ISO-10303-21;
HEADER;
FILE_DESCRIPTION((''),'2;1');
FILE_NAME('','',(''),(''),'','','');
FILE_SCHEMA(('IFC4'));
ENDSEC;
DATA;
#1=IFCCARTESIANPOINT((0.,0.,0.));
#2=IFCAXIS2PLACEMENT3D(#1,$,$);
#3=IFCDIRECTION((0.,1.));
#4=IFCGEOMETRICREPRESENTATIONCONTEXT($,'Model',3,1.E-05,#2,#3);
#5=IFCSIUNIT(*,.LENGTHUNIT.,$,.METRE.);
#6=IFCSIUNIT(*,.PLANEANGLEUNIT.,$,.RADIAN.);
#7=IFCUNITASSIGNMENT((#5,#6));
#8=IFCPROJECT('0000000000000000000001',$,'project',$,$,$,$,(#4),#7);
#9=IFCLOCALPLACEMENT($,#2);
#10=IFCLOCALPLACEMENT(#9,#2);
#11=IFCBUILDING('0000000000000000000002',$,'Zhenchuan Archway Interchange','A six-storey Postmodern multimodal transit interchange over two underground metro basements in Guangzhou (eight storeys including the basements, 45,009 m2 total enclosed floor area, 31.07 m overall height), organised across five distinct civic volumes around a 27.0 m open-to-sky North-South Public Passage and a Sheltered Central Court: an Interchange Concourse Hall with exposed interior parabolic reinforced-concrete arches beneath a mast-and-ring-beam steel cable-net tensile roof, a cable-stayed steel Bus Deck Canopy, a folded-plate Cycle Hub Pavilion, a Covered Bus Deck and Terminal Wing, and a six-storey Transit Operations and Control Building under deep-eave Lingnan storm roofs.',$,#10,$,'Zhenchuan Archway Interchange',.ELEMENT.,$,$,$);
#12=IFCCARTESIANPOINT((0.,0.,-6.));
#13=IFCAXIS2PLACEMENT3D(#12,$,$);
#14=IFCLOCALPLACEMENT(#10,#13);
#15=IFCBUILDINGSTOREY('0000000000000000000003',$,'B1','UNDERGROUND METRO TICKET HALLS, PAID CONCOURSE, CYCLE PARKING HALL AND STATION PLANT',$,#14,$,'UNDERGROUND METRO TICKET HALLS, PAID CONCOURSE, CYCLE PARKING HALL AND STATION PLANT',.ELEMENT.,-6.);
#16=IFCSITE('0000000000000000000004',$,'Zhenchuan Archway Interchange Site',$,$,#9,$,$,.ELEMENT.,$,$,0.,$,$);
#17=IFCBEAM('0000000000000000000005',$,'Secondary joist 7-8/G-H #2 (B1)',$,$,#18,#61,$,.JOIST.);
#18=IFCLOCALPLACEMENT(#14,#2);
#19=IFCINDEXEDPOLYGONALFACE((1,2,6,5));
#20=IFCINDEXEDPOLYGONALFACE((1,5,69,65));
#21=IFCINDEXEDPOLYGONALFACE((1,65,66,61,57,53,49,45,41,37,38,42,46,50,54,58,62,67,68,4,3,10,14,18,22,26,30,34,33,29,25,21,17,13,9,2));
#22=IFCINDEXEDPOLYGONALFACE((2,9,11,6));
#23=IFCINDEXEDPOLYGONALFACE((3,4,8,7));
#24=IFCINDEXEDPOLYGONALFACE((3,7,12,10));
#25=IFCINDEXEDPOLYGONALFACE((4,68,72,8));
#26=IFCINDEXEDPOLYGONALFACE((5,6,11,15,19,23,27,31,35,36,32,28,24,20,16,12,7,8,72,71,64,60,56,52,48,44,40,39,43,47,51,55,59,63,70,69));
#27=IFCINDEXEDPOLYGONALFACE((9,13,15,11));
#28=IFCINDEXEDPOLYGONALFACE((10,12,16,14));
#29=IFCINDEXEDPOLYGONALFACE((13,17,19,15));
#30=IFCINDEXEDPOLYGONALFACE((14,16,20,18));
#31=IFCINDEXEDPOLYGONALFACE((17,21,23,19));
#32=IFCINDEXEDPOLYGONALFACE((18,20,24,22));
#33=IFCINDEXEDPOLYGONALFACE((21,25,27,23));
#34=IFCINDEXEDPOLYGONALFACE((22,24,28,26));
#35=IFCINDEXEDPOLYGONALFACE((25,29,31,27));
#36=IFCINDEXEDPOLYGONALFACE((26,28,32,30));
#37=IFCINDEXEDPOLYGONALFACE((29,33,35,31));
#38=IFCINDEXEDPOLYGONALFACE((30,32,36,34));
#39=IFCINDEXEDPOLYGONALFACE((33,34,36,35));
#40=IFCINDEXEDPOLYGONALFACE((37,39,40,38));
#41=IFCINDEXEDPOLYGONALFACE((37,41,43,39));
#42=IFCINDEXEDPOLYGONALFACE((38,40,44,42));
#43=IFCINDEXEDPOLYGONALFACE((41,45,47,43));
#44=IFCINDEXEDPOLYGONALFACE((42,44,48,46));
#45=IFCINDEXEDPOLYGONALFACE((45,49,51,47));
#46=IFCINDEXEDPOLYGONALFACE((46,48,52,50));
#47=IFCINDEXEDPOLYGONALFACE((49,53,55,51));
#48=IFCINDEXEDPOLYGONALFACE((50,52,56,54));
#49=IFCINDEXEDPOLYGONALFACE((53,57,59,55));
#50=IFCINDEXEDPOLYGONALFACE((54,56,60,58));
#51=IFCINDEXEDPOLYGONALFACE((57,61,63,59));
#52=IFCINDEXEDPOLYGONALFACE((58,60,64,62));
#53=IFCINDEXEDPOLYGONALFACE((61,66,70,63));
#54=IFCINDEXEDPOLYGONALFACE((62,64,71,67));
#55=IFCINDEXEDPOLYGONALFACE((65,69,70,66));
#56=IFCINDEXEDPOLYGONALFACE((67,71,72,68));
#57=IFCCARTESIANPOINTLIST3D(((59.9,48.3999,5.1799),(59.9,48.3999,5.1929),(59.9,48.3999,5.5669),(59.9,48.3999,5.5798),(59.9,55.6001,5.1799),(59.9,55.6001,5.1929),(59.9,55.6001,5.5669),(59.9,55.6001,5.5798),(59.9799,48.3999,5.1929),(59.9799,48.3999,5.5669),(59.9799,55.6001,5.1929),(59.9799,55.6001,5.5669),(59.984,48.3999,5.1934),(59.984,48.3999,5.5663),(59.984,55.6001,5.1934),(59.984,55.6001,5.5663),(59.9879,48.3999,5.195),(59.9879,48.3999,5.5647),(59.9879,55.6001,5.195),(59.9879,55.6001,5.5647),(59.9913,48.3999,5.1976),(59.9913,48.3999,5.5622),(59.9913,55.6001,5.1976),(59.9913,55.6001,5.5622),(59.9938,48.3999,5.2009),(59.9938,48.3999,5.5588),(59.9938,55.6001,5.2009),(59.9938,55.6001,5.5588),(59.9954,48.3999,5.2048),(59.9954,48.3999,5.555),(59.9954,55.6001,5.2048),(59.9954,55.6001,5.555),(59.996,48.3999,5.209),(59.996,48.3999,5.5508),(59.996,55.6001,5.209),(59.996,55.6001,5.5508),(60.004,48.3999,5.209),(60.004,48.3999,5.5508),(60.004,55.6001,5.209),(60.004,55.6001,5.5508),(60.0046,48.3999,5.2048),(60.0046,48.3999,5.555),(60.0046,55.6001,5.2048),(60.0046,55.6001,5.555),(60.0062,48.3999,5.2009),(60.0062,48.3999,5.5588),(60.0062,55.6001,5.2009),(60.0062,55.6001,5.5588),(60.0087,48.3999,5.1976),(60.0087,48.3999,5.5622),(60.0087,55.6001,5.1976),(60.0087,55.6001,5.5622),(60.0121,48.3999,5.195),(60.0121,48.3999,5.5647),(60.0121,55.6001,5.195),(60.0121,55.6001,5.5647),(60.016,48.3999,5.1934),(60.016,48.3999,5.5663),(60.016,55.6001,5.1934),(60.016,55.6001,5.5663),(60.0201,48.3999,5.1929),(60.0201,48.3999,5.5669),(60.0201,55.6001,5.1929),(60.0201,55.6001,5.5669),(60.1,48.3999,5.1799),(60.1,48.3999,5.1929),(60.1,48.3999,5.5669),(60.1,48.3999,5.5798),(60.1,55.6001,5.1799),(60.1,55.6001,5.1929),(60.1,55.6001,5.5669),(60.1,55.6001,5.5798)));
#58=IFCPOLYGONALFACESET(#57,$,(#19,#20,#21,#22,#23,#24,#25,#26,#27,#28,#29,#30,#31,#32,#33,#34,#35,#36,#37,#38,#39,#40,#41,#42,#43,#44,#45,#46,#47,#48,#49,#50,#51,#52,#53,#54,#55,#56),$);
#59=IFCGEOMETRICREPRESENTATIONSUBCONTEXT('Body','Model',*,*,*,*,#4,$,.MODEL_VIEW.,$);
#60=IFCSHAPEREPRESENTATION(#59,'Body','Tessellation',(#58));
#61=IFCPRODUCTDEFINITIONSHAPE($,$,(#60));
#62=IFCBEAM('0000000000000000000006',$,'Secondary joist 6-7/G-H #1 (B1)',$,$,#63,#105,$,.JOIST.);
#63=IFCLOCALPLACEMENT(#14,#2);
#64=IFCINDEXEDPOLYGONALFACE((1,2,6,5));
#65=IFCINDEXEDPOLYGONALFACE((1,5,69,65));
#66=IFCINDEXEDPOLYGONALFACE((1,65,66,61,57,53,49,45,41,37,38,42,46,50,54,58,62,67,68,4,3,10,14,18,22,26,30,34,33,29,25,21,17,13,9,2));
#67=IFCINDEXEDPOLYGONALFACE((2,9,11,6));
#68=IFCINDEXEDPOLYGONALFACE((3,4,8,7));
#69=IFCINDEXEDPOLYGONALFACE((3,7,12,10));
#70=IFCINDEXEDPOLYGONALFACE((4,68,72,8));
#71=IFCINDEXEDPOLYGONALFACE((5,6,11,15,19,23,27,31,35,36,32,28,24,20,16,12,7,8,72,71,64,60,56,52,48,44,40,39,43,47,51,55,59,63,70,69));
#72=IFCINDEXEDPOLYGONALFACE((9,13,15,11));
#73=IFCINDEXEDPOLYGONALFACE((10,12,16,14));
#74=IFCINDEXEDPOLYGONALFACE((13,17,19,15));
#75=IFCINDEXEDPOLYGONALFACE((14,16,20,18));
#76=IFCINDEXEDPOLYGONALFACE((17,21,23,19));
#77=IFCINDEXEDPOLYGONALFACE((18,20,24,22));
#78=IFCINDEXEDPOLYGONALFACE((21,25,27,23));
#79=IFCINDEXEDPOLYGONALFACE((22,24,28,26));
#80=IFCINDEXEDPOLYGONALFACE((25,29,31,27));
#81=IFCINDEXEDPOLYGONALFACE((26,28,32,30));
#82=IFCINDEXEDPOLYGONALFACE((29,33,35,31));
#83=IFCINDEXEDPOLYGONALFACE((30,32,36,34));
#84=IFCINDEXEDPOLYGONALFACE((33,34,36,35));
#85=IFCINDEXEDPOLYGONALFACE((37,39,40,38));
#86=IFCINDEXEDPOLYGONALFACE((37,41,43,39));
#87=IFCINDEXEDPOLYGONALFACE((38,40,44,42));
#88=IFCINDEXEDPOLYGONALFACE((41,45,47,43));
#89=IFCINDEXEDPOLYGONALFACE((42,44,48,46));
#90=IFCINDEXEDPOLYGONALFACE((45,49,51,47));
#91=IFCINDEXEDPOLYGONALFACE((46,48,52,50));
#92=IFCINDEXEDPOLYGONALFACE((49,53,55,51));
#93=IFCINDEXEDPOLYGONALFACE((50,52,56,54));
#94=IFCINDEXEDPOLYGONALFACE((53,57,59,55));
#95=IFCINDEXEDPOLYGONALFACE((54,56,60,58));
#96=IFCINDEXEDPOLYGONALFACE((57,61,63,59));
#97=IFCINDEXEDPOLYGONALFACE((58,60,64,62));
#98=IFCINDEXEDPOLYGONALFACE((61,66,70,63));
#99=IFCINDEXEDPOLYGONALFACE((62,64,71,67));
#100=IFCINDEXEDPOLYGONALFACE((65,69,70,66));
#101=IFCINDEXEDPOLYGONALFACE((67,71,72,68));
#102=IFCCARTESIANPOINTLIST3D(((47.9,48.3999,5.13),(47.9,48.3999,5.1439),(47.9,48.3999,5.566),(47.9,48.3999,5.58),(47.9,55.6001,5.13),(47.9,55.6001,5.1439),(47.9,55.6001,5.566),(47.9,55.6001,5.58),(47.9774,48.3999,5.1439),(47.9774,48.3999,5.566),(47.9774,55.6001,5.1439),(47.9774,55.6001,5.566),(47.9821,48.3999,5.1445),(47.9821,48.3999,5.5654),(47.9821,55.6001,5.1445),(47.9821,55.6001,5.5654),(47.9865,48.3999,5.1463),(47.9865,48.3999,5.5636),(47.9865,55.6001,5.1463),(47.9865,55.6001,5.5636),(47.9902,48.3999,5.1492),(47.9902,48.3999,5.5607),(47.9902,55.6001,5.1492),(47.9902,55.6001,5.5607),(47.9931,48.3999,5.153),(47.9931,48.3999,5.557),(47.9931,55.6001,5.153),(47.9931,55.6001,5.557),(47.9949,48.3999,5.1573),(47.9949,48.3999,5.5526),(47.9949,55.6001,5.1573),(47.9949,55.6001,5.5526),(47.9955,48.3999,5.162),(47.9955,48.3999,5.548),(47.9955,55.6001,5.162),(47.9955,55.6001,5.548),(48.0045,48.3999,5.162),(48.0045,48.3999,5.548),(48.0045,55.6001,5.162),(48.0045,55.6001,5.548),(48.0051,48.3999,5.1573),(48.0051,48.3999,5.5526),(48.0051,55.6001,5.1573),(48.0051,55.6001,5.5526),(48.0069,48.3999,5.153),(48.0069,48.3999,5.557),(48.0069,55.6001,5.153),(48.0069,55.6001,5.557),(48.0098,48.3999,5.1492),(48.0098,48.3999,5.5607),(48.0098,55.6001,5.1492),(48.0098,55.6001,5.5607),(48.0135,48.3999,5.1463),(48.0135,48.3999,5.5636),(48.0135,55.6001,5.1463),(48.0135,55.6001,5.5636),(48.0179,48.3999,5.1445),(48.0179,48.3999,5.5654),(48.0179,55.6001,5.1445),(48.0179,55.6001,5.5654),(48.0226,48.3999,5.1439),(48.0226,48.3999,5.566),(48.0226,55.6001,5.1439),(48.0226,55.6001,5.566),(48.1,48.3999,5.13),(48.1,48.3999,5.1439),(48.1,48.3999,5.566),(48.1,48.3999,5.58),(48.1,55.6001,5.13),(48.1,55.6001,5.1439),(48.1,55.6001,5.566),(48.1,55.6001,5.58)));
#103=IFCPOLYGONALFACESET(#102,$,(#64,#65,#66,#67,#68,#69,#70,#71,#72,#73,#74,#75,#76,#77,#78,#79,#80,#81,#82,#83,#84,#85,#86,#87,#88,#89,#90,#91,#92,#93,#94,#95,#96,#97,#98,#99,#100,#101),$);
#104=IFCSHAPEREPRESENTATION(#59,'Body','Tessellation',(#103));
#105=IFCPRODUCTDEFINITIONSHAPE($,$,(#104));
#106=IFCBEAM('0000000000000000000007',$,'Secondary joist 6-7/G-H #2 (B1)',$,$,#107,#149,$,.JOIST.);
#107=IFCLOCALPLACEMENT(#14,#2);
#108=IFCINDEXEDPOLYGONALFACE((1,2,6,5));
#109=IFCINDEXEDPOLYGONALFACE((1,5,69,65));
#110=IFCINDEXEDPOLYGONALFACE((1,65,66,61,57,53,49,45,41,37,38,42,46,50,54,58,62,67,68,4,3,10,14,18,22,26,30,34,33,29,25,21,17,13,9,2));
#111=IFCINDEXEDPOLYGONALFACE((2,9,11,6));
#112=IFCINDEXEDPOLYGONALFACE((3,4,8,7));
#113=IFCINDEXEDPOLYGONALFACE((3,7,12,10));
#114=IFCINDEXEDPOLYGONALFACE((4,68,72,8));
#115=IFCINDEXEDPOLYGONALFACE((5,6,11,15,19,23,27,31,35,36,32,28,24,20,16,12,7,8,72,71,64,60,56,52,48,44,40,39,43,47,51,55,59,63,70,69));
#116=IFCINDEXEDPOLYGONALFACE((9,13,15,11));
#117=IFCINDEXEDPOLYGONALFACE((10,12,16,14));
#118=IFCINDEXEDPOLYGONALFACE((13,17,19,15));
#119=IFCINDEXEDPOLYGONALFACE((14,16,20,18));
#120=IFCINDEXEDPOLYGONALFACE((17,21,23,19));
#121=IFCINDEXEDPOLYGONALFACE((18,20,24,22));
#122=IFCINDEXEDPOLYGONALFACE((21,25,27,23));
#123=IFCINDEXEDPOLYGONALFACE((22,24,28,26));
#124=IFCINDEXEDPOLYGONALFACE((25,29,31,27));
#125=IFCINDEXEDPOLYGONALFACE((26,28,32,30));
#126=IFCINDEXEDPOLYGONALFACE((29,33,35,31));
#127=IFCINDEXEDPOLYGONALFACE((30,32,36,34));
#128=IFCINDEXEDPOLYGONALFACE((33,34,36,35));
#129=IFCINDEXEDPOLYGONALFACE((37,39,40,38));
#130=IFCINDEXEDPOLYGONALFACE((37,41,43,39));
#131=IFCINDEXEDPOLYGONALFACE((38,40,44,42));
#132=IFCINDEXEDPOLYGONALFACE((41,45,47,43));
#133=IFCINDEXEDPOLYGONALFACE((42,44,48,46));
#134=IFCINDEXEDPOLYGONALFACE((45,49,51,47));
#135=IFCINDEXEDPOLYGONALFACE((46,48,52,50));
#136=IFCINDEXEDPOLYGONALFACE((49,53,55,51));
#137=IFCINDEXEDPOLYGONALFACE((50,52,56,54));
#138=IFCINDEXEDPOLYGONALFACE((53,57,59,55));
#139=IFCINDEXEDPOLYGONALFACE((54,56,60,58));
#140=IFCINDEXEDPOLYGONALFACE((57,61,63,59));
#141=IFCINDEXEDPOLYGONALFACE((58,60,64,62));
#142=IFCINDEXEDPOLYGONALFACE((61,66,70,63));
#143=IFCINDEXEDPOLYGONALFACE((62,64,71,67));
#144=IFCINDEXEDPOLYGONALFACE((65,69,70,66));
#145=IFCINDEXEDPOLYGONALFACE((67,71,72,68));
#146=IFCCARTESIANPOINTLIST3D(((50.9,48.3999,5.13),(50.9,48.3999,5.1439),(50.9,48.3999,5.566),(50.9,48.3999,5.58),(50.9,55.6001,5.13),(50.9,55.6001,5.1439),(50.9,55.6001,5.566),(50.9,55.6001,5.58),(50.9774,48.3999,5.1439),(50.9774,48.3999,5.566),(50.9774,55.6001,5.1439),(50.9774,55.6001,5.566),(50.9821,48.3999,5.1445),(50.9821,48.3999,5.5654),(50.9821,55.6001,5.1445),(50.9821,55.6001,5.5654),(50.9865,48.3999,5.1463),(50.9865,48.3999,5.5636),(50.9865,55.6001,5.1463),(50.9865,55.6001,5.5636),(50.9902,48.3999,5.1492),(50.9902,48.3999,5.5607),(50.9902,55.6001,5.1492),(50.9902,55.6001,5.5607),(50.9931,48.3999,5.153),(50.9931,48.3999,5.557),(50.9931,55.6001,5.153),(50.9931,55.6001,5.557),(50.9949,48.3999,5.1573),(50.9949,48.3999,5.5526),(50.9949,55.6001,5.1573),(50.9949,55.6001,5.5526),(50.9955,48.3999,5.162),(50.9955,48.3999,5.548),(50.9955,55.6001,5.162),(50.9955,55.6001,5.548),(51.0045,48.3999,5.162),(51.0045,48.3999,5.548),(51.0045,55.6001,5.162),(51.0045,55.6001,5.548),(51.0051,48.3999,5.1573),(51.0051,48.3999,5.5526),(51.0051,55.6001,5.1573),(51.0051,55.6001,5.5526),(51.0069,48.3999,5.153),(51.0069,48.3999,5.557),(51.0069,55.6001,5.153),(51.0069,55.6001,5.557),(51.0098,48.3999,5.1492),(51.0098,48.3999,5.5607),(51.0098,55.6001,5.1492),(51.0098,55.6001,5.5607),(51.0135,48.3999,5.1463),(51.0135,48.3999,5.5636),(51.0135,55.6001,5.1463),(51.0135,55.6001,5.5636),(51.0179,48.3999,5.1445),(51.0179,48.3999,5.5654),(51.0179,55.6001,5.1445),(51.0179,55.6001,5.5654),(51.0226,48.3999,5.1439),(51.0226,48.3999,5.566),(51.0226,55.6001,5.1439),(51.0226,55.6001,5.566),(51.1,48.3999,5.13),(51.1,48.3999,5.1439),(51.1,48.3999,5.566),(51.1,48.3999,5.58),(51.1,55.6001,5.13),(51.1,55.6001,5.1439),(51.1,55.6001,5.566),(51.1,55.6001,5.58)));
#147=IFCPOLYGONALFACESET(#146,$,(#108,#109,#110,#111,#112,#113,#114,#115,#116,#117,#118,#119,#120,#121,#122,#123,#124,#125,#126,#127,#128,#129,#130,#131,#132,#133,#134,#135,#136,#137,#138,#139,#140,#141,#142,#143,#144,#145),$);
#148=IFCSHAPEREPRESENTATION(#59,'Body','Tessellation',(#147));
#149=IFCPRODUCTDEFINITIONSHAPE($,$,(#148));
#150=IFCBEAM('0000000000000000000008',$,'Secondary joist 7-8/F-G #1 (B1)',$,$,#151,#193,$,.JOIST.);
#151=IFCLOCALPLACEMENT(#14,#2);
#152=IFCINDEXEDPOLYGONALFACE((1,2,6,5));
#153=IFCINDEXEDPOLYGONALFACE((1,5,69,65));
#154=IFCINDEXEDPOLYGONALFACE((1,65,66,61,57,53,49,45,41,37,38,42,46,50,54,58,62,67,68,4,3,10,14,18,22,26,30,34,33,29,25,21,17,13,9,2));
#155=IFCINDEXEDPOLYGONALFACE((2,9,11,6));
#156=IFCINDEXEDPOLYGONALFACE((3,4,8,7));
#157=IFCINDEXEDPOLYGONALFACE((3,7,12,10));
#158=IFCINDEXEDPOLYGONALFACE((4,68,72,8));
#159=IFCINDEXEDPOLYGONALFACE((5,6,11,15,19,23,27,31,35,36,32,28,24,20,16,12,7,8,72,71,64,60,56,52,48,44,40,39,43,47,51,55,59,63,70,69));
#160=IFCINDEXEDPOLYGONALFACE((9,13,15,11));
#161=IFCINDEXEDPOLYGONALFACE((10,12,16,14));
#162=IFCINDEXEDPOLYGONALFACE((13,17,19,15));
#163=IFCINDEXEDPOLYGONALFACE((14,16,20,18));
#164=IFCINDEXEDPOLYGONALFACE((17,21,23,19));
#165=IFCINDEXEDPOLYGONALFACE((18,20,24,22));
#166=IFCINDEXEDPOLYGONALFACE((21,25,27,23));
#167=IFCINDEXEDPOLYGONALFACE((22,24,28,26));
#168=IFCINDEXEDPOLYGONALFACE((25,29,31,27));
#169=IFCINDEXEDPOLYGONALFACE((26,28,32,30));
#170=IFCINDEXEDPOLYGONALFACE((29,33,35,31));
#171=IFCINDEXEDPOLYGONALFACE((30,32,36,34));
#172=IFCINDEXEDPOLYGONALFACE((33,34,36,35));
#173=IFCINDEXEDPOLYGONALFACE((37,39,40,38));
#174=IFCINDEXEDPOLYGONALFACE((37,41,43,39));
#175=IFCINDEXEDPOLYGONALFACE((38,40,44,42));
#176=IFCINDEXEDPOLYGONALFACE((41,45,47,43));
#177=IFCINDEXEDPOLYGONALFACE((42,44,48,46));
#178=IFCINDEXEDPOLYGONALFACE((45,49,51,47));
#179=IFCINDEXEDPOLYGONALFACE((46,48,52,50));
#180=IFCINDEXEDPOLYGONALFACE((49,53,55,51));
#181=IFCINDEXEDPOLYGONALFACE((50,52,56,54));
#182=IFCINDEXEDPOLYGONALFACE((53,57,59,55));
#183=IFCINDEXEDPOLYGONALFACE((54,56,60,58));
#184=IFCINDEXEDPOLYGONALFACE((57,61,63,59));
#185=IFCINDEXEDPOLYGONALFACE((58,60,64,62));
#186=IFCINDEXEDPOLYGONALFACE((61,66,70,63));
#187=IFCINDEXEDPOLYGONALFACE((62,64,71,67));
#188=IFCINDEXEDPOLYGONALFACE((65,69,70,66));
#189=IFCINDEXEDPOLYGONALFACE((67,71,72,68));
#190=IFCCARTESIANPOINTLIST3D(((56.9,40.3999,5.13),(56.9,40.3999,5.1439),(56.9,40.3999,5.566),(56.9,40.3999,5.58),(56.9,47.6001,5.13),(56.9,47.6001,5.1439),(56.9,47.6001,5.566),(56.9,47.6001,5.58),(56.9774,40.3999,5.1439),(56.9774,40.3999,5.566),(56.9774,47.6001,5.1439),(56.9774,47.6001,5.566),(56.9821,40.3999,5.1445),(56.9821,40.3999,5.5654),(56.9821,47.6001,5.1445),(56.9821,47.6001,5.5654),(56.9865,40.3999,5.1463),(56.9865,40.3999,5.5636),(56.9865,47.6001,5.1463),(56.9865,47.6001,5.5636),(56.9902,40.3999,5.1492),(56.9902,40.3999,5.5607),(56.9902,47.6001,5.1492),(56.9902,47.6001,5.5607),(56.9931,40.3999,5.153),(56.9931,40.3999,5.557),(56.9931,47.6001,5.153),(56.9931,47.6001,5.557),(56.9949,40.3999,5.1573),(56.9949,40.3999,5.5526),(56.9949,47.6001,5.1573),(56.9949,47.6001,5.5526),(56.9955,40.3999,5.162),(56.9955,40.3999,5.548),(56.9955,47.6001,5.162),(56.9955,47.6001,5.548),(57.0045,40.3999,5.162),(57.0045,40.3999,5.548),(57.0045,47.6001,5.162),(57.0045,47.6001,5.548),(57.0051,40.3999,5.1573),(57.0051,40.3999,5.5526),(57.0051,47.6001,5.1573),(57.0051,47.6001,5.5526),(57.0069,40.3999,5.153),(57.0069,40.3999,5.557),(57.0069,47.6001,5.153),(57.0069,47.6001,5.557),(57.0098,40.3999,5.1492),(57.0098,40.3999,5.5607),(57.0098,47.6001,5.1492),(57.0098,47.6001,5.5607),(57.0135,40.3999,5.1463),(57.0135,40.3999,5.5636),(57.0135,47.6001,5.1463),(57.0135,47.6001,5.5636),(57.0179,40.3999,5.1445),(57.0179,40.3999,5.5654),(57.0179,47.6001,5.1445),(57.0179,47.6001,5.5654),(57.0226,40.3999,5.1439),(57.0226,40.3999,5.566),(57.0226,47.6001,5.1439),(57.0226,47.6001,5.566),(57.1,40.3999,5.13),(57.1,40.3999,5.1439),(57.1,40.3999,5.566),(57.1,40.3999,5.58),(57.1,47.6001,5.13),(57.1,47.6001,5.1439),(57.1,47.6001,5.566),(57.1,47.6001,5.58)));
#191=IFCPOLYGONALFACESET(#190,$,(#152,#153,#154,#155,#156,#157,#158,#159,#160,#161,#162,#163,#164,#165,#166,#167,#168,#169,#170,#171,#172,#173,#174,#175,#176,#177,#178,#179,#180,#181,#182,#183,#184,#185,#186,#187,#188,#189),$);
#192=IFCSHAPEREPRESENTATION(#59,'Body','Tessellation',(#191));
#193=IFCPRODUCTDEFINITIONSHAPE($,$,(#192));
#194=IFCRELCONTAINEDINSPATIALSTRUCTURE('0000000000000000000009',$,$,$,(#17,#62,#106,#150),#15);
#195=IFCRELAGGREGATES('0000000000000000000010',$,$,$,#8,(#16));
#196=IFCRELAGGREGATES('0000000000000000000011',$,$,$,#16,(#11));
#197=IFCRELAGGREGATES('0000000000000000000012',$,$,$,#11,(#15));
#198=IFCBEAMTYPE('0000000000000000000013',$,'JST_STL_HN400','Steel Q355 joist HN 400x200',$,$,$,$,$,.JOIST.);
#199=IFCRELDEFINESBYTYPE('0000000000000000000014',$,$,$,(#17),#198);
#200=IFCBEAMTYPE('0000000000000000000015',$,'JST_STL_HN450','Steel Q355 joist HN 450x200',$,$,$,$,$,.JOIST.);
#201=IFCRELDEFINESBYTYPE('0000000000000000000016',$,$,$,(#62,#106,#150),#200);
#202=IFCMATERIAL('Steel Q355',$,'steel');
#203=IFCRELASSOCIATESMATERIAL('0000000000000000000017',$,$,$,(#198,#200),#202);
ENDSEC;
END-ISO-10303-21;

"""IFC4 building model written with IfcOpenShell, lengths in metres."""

from ifc_helpers import new_model, si_unit, direction, frame, origin, origin_2d, place, context, subcontext, project, spatial, i_section, extrude, material, material_profile, profile_set, type_object, element, save


model = new_model("IFC4")

# Units and contexts
model_context = context("Model", 3, precision=1e-05, world=origin(), true_north=direction((0.0, 1.0)))
body_context = subcontext(model_context, "Body", "Model", "MODEL_VIEW")
ifc_project = project(units=[si_unit("LENGTHUNIT", "METRE"), si_unit("PLANEANGLEUNIT", "RADIAN")], contexts=[model_context])

# Site, building, storey
site_placement = place(None, origin())
site = spatial("IfcSite", under=ifc_project, at=site_placement, Name="Zhenchuan Archway Interchange Site", CompositionType="ELEMENT", RefElevation=0.0)
building_placement = place(site_placement, origin())
building = spatial("IfcBuilding", under=site, at=building_placement, Name="Zhenchuan Archway Interchange", Description="A six-storey Postmodern multimodal transit interchange over two underground metro basements in Guangzhou (eight storeys including the basements, 45,009 m2 total enclosed floor area, 31.07 m overall height), organised across five distinct civic volumes around a 27.0 m open-to-sky North-South Public Passage and a Sheltered Central Court: an Interchange Concourse Hall with exposed interior parabolic reinforced-concrete arches beneath a mast-and-ring-beam steel cable-net tensile roof, a cable-stayed steel Bus Deck Canopy, a folded-plate Cycle Hub Pavilion, a Covered Bus Deck and Terminal Wing, and a six-storey Transit Operations and Control Building under deep-eave Lingnan storm roofs.", LongName="Zhenchuan Archway Interchange", CompositionType="ELEMENT")
storey_placement = place(building_placement, frame((0.0, 0.0, -6.0)))
storey = spatial("IfcBuildingStorey", under=building, at=storey_placement, Name="B1", Description="UNDERGROUND METRO TICKET HALLS, PAID CONCOURSE, CYCLE PARKING HALL AND STATION PLANT", LongName="UNDERGROUND METRO TICKET HALLS, PAID CONCOURSE, CYCLE PARKING HALL AND STATION PLANT", CompositionType="ELEMENT", Elevation=-6.0)

# Beams
ifc_material_1 = material(Name="Steel Q355", Category="steel")
ifc_material_profile_1 = material_profile(ifc_material_1, i_section(OverallWidth=0.2, OverallDepth=0.3999, WebThickness=0.0081, FlangeThickness=0.0129, FilletRadius=0.0161, at=origin_2d()), Name="HN 400x200")
ifc_profile_set_1 = profile_set([ifc_material_profile_1], Name="Steel Q355")
beam_type_1 = type_object("IfcBeamType", Name="JST_STL_HN400", Description="Steel Q355 joist HN 400x200", PredefinedType="JOIST", material=ifc_profile_set_1)
for number, where, z_axis, x_axis, name in (
    (1, (60.0, 48.3999, 5.3799), (0.0, 1.0, 0.0), (-1.0, 0.0, 0.0), "Secondary joist 7-8/G-H #2 (B1)"),
):
    element("IfcBeam", number, at=place(storey_placement, frame(where, z_axis=z_axis, x_axis=x_axis)), inside=storey, type_object=beam_type_1, Name=name, PredefinedType="JOIST", context=body_context, shape_type="SweptSolid", body=[
        extrude(i_section(OverallWidth=0.2, OverallDepth=0.3999, WebThickness=0.0081, FlangeThickness=0.0129, FilletRadius=0.0161, at=origin_2d()), origin(), (0.0, 0.0, 1.0), 7.2002),
    ])
ifc_material_profile_2 = material_profile(ifc_material_1, i_section(OverallWidth=0.2, OverallDepth=0.45, WebThickness=0.009, FlangeThickness=0.0139, FilletRadius=0.0181, at=origin_2d()), Name="HN 450x200")
ifc_profile_set_2 = profile_set([ifc_material_profile_2], Name="Steel Q355")
beam_type_2 = type_object("IfcBeamType", Name="JST_STL_HN450", Description="Steel Q355 joist HN 450x200", PredefinedType="JOIST", material=ifc_profile_set_2)
for number, where, z_axis, x_axis, name in (
    (2, (48.0, 48.3999, 5.355), (0.0, 1.0, 0.0), (-1.0, 0.0, 0.0), "Secondary joist 6-7/G-H #1 (B1)"),
    (3, (51.0, 48.3999, 5.355), (0.0, 1.0, 0.0), (-1.0, 0.0, 0.0), "Secondary joist 6-7/G-H #2 (B1)"),
    (4, (57.0, 40.3999, 5.355), (0.0, 1.0, 0.0), (-1.0, 0.0, 0.0), "Secondary joist 7-8/F-G #1 (B1)"),
):
    element("IfcBeam", number, at=place(storey_placement, frame(where, z_axis=z_axis, x_axis=x_axis)), inside=storey, type_object=beam_type_2, Name=name, PredefinedType="JOIST", context=body_context, shape_type="SweptSolid", body=[
        extrude(i_section(OverallWidth=0.2, OverallDepth=0.45, WebThickness=0.009, FlangeThickness=0.0139, FilletRadius=0.0181, at=origin_2d()), origin(), (0.0, 0.0, 1.0), 7.2002),
    ])

save(model, "model.ifc")
